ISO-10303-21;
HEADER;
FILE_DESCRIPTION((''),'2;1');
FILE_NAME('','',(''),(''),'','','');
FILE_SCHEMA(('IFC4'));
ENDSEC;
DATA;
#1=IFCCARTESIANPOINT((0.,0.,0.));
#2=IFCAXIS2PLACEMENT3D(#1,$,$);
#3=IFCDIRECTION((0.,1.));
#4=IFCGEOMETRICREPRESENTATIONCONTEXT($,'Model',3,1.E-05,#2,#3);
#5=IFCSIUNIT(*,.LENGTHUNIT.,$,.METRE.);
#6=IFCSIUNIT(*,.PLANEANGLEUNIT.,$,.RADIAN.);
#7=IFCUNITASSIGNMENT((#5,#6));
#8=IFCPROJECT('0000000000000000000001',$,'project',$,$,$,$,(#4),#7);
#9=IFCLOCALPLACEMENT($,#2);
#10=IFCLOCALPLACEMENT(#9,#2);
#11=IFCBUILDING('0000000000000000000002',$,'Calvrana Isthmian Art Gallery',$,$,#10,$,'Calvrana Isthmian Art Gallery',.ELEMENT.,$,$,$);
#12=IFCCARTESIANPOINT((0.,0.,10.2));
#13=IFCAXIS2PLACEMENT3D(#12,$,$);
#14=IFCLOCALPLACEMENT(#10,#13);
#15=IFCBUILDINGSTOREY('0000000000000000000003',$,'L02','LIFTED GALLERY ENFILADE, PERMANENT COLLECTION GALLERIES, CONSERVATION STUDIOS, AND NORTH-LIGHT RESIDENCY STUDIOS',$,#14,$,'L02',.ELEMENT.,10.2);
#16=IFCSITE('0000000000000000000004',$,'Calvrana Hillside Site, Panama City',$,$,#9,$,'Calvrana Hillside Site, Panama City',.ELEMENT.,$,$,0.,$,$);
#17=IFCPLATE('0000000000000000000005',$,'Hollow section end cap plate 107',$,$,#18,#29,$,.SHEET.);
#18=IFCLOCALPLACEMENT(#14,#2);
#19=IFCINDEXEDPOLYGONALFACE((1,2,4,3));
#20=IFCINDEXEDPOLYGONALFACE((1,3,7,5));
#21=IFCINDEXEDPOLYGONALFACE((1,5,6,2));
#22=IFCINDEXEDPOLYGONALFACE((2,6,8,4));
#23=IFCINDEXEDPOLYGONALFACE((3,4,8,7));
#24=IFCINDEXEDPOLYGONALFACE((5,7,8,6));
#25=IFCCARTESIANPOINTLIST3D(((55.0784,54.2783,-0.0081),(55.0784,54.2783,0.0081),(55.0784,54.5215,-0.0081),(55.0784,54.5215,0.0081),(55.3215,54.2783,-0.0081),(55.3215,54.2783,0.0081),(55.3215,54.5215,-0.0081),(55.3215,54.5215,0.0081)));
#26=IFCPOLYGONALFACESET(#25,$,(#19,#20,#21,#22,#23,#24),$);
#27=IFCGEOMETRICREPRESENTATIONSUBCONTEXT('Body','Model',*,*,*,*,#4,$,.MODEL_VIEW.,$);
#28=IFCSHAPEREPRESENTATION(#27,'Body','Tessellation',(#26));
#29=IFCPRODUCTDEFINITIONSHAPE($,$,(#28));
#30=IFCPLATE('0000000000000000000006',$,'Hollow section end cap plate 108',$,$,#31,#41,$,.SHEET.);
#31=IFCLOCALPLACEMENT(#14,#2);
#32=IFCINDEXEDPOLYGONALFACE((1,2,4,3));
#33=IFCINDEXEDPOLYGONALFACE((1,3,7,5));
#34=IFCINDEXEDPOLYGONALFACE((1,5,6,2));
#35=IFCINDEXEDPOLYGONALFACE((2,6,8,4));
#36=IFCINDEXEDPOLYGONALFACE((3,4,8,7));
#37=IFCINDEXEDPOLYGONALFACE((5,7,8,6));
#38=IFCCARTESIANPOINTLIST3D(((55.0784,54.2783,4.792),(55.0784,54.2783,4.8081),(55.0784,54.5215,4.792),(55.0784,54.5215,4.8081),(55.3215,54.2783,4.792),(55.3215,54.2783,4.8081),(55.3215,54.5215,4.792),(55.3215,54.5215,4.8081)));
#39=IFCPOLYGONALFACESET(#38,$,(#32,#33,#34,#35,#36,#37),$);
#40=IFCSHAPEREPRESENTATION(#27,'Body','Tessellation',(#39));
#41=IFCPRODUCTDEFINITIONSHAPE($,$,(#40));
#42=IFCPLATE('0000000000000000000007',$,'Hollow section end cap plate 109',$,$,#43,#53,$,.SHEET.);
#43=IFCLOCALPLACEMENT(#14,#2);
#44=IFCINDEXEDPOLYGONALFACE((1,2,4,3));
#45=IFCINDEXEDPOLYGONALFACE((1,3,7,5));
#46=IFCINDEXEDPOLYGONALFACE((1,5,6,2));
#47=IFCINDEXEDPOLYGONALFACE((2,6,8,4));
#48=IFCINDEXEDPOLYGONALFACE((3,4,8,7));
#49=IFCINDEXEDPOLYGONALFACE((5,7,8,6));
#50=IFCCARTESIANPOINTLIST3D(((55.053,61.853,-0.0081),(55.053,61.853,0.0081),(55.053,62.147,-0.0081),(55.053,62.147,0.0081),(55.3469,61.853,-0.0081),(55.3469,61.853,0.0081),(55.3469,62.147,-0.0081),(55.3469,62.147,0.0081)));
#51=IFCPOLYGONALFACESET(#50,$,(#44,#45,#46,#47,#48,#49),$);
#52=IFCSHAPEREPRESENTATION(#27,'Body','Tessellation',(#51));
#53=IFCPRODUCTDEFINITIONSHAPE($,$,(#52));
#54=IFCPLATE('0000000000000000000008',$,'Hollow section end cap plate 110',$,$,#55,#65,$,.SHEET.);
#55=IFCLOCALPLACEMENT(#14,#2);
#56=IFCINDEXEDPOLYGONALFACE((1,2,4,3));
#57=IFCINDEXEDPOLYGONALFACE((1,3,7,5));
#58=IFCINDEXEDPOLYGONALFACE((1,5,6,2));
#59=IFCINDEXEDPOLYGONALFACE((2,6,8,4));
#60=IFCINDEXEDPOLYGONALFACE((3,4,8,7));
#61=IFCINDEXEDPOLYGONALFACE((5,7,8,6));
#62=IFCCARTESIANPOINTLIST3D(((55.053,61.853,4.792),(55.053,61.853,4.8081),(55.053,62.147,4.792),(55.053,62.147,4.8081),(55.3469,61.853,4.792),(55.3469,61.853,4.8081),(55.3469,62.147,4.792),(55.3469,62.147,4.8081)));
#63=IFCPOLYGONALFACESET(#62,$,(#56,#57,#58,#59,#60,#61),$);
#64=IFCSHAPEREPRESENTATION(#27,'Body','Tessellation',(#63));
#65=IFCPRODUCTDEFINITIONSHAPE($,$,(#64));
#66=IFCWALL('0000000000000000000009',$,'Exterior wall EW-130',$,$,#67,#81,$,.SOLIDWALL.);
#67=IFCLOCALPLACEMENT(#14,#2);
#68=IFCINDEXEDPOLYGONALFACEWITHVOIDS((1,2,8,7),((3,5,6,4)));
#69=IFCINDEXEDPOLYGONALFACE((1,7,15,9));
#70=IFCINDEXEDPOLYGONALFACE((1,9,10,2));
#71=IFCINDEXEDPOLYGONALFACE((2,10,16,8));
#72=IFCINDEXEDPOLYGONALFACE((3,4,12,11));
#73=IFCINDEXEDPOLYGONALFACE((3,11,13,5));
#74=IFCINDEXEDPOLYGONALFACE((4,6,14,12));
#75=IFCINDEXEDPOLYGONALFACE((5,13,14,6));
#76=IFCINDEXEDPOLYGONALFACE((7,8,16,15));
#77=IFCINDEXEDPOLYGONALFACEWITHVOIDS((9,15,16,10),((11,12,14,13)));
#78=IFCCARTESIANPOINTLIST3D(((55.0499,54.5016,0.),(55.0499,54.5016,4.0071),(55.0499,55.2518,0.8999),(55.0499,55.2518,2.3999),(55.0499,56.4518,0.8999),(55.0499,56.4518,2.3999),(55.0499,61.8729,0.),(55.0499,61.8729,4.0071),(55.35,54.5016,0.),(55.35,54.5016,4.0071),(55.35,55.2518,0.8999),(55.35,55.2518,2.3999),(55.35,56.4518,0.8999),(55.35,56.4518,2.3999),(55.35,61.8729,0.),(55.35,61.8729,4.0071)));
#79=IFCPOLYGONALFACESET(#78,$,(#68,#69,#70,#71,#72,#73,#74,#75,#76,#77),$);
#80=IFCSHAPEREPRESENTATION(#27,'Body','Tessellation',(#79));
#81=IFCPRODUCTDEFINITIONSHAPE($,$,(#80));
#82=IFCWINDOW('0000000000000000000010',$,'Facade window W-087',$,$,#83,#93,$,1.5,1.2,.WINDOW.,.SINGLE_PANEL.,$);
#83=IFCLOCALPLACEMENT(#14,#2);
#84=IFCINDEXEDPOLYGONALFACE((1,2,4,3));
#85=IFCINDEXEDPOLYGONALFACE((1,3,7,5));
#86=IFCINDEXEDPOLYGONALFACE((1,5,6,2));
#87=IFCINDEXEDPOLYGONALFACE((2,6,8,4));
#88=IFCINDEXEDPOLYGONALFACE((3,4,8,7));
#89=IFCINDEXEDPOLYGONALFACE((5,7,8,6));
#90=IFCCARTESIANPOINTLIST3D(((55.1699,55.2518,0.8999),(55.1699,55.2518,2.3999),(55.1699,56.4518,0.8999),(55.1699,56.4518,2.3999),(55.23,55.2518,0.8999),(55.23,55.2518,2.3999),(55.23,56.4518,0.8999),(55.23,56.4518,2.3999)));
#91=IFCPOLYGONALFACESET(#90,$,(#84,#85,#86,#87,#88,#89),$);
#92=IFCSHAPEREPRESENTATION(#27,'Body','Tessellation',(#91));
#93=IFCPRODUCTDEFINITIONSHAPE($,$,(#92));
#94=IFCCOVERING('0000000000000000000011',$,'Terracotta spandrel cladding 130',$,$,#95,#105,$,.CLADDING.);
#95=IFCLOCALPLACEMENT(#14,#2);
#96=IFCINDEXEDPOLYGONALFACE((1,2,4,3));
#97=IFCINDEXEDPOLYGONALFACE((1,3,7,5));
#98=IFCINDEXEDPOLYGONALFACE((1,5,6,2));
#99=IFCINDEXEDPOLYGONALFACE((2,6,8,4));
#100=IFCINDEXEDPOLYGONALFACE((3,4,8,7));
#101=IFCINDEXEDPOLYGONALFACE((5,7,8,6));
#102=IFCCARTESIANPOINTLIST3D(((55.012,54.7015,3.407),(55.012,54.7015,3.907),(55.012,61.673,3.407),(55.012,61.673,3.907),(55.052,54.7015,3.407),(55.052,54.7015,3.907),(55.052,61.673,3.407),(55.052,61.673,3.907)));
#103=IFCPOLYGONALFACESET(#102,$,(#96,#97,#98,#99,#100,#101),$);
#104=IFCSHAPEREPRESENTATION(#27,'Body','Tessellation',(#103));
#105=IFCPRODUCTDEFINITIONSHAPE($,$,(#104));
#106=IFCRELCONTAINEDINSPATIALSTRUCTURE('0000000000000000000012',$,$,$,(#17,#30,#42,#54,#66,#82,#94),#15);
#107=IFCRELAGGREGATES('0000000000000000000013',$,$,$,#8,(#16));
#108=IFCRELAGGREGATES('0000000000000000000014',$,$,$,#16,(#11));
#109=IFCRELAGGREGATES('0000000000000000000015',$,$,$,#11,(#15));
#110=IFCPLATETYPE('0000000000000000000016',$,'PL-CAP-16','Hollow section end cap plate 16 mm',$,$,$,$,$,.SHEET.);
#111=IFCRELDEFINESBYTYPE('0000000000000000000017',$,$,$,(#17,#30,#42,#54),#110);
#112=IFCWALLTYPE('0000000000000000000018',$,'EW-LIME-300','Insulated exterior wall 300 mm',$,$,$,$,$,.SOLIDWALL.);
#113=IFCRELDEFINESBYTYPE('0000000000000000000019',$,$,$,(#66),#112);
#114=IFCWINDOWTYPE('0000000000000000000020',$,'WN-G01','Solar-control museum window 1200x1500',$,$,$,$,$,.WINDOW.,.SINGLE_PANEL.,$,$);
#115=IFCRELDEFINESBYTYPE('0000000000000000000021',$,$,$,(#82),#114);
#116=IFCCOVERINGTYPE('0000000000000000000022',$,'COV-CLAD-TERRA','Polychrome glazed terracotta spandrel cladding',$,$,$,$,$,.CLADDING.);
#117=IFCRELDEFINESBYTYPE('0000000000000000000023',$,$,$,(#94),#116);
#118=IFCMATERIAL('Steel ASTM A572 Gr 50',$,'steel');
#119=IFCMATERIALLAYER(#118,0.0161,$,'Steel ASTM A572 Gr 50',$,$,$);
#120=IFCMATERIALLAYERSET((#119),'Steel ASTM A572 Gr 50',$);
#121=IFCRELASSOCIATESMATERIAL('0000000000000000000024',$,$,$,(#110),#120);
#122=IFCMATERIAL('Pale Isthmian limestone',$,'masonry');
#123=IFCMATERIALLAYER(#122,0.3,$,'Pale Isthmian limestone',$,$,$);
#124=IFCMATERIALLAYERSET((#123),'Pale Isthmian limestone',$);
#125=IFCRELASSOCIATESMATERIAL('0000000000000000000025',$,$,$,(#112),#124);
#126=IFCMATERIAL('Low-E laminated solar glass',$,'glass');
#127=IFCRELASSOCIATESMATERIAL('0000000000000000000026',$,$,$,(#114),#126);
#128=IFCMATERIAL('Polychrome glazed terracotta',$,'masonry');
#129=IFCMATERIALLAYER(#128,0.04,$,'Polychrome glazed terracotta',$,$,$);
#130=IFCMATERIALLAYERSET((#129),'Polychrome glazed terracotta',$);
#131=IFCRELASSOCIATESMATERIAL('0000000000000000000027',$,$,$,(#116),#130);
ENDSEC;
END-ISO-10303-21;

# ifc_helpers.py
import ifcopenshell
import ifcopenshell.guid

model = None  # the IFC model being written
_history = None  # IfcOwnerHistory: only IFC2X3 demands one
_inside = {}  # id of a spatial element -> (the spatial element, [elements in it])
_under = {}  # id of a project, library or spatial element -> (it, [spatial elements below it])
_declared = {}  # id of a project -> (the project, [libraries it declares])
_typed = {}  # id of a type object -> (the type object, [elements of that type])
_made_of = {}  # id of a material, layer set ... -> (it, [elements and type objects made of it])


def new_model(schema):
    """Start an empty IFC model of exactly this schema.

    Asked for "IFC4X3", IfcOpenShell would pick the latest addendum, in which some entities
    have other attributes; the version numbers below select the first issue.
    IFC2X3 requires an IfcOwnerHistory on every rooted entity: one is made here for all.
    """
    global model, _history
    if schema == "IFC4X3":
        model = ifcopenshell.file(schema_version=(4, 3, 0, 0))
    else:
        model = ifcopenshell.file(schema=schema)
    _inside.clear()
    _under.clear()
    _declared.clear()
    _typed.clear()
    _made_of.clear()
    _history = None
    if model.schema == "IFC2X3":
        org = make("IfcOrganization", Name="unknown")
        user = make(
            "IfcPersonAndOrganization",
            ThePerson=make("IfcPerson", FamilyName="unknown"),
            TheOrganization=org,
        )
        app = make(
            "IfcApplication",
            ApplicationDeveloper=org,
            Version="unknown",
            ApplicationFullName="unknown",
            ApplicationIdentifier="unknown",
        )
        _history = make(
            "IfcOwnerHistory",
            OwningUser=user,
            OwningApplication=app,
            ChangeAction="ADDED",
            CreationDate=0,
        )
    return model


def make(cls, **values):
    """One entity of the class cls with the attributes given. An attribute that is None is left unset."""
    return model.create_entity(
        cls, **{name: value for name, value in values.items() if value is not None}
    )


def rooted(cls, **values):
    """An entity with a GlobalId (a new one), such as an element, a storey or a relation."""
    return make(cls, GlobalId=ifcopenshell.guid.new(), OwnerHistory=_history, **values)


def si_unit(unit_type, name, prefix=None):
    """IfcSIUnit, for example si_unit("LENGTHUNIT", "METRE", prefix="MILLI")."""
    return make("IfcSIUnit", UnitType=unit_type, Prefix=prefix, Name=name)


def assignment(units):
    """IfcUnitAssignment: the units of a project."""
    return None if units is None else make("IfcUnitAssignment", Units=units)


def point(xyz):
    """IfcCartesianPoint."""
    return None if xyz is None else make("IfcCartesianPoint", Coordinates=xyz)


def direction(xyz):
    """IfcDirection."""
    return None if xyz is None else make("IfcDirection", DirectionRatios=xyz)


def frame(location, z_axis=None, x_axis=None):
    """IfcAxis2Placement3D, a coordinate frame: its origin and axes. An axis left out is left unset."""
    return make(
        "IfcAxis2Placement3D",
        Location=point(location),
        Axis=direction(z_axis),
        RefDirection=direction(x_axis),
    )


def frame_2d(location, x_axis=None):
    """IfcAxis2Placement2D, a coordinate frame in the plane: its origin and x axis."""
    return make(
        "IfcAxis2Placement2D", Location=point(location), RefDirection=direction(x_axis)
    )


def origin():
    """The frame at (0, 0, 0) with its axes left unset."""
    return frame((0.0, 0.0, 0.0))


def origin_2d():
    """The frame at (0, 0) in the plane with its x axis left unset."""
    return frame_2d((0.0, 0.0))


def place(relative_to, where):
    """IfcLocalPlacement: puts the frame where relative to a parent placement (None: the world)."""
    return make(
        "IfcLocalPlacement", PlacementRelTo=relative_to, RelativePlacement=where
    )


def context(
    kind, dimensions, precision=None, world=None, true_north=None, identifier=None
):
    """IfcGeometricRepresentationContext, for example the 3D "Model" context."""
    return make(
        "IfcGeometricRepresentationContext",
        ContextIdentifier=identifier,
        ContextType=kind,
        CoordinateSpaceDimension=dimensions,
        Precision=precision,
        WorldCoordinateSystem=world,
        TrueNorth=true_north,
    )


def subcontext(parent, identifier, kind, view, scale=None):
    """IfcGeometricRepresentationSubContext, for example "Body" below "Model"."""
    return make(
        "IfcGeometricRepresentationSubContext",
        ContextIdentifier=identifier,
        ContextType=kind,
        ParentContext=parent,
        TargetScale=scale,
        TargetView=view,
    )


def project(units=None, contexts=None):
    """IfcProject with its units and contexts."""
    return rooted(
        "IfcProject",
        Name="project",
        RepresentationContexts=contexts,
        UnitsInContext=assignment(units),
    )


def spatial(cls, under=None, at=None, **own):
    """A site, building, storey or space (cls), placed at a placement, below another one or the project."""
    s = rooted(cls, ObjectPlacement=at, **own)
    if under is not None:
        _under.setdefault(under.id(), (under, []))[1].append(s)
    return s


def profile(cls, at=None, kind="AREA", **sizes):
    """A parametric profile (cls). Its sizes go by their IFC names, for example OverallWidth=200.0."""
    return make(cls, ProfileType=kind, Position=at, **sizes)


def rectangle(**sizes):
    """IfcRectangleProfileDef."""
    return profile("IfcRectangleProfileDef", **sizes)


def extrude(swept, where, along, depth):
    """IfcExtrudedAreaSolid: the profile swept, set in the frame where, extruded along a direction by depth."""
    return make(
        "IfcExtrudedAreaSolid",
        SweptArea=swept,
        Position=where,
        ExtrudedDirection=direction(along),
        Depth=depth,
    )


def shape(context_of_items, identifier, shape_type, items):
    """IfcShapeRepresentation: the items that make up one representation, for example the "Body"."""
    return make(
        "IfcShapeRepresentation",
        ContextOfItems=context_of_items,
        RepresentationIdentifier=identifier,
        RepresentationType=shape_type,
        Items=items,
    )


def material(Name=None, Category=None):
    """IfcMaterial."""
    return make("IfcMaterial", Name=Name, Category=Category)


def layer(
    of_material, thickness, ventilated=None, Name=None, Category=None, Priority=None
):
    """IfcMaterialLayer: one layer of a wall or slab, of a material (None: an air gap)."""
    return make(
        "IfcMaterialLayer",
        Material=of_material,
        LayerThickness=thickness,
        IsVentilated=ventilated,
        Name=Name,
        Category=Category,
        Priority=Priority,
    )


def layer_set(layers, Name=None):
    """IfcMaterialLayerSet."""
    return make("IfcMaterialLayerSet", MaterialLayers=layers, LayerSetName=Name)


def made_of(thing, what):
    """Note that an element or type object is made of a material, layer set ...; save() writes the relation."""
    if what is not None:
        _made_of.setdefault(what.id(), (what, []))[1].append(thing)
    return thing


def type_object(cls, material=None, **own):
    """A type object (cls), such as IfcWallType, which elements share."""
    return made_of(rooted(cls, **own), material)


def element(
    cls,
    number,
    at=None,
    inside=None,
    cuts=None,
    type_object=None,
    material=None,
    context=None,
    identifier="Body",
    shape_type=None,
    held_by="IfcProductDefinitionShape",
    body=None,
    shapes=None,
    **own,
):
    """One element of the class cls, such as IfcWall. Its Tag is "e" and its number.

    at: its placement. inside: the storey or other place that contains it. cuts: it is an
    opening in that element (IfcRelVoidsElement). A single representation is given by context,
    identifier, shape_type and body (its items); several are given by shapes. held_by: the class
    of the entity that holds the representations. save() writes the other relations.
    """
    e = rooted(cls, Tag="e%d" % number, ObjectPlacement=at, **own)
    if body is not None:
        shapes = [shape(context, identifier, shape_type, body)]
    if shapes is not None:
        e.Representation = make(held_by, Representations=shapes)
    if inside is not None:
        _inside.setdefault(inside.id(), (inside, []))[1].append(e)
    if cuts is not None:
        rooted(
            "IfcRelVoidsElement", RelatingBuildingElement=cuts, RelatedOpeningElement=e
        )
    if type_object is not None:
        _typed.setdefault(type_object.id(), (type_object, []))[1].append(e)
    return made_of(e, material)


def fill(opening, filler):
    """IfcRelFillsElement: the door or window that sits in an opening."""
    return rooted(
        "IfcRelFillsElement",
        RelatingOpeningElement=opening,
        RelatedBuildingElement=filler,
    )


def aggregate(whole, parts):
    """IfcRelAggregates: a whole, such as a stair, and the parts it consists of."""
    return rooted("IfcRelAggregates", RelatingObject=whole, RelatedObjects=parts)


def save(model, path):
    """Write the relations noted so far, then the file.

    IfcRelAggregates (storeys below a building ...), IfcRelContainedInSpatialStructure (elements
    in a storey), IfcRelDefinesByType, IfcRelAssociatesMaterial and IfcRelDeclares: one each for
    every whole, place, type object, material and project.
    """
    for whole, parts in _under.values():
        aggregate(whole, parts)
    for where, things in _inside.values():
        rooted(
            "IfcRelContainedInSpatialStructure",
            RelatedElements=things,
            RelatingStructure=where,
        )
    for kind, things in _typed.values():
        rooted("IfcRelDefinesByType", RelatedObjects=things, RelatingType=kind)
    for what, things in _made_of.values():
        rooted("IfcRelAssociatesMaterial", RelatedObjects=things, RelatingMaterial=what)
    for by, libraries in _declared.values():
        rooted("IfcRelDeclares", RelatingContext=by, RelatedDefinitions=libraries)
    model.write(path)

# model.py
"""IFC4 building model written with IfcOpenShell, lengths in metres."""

from ifc_helpers import new_model, si_unit, direction, frame, frame_2d, origin, origin_2d, place, context, subcontext, project, spatial, rectangle, extrude, material, layer, layer_set, type_object, element, fill, save


model = new_model("IFC4")

# Units and contexts
model_context = context("Model", 3, precision=1e-05, world=origin(), true_north=direction((0.0, 1.0)))
body_context = subcontext(model_context, "Body", "Model", "MODEL_VIEW")
ifc_project = project(units=[si_unit("LENGTHUNIT", "METRE"), si_unit("PLANEANGLEUNIT", "RADIAN")], contexts=[model_context])

# Site, building, storey
site_placement = place(None, origin())
site = spatial("IfcSite", under=ifc_project, at=site_placement, Name="Calvrana Hillside Site, Panama City", LongName="Calvrana Hillside Site, Panama City", CompositionType="ELEMENT", RefElevation=0.0)
building_placement = place(site_placement, origin())
building = spatial("IfcBuilding", under=site, at=building_placement, Name="Calvrana Isthmian Art Gallery", LongName="Calvrana Isthmian Art Gallery", CompositionType="ELEMENT")
storey_placement = place(building_placement, frame((0.0, 0.0, 10.2)))
storey = spatial("IfcBuildingStorey", under=building, at=storey_placement, Name="L02", Description="LIFTED GALLERY ENFILADE, PERMANENT COLLECTION GALLERIES, CONSERVATION STUDIOS, AND NORTH-LIGHT RESIDENCY STUDIOS", LongName="L02", CompositionType="ELEMENT", Elevation=10.2)

# Shared definitions
ifc_material_1 = material(Name="Polychrome glazed terracotta", Category="masonry")

# Plates
ifc_material_2 = material(Name="Steel ASTM A572 Gr 50", Category="steel")
ifc_layer_1 = layer(ifc_material_2, 0.0161, Name="Steel ASTM A572 Gr 50")
ifc_layer_set_1 = layer_set([ifc_layer_1], Name="Steel ASTM A572 Gr 50")
plate_type_1 = type_object("IfcPlateType", Name="PL-CAP-16", Description="Hollow section end cap plate 16 mm", PredefinedType="SHEET", material=ifc_layer_set_1)
for number, where, z_axis, x_axis, name in (
    (1, (55.2, 54.3999, -0.0081), (0.0, 0.0, 1.0), (1.0, 0.0, 0.0), "Hollow section end cap plate 107"),
    (2, (55.2, 54.3999, 4.792), (0.0, 0.0, 1.0), (1.0, 0.0, 0.0), "Hollow section end cap plate 108"),
):
    element("IfcPlate", number, at=place(storey_placement, frame(where, z_axis=z_axis, x_axis=x_axis)), inside=storey, type_object=plate_type_1, Name=name, PredefinedType="SHEET", context=body_context, shape_type="SweptSolid", body=[
        extrude(rectangle(XDim=0.2432, YDim=0.2432, at=origin_2d()), origin(), (0.0, 0.0, 1.0), 0.0161),
    ])
for number, where, z_axis, x_axis, name in (
    (3, (55.2, 62.0, -0.0081), (0.0, 0.0, 1.0), (1.0, 0.0, 0.0), "Hollow section end cap plate 109"),
    (4, (55.2, 62.0, 4.792), (0.0, 0.0, 1.0), (1.0, 0.0, 0.0), "Hollow section end cap plate 110"),
):
    element("IfcPlate", number, at=place(storey_placement, frame(where, z_axis=z_axis, x_axis=x_axis)), inside=storey, type_object=plate_type_1, Name=name, PredefinedType="SHEET", context=body_context, shape_type="SweptSolid", body=[
        extrude(rectangle(XDim=0.2939, YDim=0.2939, at=origin_2d()), origin(), (0.0, 0.0, 1.0), 0.0161),
    ])

# Wall, opening, window
ifc_material_3 = material(Name="Pale Isthmian limestone", Category="masonry")
ifc_layer_2 = layer(ifc_material_3, 0.3, Name="Pale Isthmian limestone")
ifc_layer_set_2 = layer_set([ifc_layer_2], Name="Pale Isthmian limestone")
wall_type = type_object("IfcWallType", Name="EW-LIME-300", Description="Insulated exterior wall 300 mm", PredefinedType="SOLIDWALL", material=ifc_layer_set_2)
wall_placement = place(storey_placement, frame((55.2, 54.5017, 0.0), z_axis=(0.0, 0.0, 1.0), x_axis=(0.0, 1.0, 0.0)))
wall = element("IfcWall", 5, at=wall_placement, inside=storey, type_object=wall_type, Name="Exterior wall EW-130", PredefinedType="SOLIDWALL", context=body_context, shape_type="SweptSolid", body=[
    extrude(rectangle(XDim=7.3713, YDim=0.3, at=frame_2d((3.6855, 0.0))), origin(), (0.0, 0.0, 1.0), 4.0071),
])
opening_placement = place(wall_placement, frame((0.75, 0.0, 0.8999)))
opening = element("IfcOpeningElement", 6, at=opening_placement, cuts=wall, PredefinedType="OPENING", context=body_context, shape_type="SweptSolid", body=[
    extrude(rectangle(XDim=1.2, YDim=1.5, at=frame_2d((0.6001, 0.75))), frame((0.0, 0.1602, 0.0), z_axis=(0.0, -1.0, 0.0), x_axis=(1.0, 0.0, 0.0)), (0.0, 0.0, 1.0), 0.3206),
])
ifc_material_4 = material(Name="Low-E laminated solar glass", Category="glass")
window_type = type_object("IfcWindowType", Name="WN-G01", Description="Solar-control museum window 1200x1500", PartitioningType="SINGLE_PANEL", PredefinedType="WINDOW", material=ifc_material_4)
window_placement = place(opening_placement, origin())
window = element("IfcWindow", 7, at=window_placement, inside=storey, type_object=window_type, Name="Facade window W-087", OverallHeight=1.5, OverallWidth=1.2, PartitioningType="SINGLE_PANEL", PredefinedType="WINDOW", context=body_context, shape_type="SweptSolid", body=[
    extrude(rectangle(XDim=1.2, YDim=1.5, at=frame_2d((0.6001, 0.75))), frame((0.0, 0.03, 0.0), z_axis=(0.0, -1.0, 0.0), x_axis=(1.0, 0.0, 0.0)), (0.0, 0.0, 1.0), 0.0601),
])
fill(opening, window)

# Covering
ifc_layer_3 = layer(ifc_material_1, 0.04, Name="Polychrome glazed terracotta")
ifc_layer_set_3 = layer_set([ifc_layer_3], Name="Polychrome glazed terracotta")
covering_type = type_object("IfcCoveringType", Name="COV-CLAD-TERRA", Description="Polychrome glazed terracotta spandrel cladding", PredefinedType="CLADDING", material=ifc_layer_set_3)
covering_placement = place(storey_placement, frame((55.032, 58.1873, 3.407), z_axis=(0.0, 0.0, 1.0), x_axis=(0.0, 1.0, 0.0)))
element("IfcCovering", 8, at=covering_placement, inside=storey, type_object=covering_type, Name="Terracotta spandrel cladding 130", PredefinedType="CLADDING", context=body_context, shape_type="SweptSolid", body=[
    extrude(rectangle(XDim=6.9714, YDim=0.04, at=origin_2d()), origin(), (0.0, 0.0, 1.0), 0.5),
])

save(model, "model.ifc")
